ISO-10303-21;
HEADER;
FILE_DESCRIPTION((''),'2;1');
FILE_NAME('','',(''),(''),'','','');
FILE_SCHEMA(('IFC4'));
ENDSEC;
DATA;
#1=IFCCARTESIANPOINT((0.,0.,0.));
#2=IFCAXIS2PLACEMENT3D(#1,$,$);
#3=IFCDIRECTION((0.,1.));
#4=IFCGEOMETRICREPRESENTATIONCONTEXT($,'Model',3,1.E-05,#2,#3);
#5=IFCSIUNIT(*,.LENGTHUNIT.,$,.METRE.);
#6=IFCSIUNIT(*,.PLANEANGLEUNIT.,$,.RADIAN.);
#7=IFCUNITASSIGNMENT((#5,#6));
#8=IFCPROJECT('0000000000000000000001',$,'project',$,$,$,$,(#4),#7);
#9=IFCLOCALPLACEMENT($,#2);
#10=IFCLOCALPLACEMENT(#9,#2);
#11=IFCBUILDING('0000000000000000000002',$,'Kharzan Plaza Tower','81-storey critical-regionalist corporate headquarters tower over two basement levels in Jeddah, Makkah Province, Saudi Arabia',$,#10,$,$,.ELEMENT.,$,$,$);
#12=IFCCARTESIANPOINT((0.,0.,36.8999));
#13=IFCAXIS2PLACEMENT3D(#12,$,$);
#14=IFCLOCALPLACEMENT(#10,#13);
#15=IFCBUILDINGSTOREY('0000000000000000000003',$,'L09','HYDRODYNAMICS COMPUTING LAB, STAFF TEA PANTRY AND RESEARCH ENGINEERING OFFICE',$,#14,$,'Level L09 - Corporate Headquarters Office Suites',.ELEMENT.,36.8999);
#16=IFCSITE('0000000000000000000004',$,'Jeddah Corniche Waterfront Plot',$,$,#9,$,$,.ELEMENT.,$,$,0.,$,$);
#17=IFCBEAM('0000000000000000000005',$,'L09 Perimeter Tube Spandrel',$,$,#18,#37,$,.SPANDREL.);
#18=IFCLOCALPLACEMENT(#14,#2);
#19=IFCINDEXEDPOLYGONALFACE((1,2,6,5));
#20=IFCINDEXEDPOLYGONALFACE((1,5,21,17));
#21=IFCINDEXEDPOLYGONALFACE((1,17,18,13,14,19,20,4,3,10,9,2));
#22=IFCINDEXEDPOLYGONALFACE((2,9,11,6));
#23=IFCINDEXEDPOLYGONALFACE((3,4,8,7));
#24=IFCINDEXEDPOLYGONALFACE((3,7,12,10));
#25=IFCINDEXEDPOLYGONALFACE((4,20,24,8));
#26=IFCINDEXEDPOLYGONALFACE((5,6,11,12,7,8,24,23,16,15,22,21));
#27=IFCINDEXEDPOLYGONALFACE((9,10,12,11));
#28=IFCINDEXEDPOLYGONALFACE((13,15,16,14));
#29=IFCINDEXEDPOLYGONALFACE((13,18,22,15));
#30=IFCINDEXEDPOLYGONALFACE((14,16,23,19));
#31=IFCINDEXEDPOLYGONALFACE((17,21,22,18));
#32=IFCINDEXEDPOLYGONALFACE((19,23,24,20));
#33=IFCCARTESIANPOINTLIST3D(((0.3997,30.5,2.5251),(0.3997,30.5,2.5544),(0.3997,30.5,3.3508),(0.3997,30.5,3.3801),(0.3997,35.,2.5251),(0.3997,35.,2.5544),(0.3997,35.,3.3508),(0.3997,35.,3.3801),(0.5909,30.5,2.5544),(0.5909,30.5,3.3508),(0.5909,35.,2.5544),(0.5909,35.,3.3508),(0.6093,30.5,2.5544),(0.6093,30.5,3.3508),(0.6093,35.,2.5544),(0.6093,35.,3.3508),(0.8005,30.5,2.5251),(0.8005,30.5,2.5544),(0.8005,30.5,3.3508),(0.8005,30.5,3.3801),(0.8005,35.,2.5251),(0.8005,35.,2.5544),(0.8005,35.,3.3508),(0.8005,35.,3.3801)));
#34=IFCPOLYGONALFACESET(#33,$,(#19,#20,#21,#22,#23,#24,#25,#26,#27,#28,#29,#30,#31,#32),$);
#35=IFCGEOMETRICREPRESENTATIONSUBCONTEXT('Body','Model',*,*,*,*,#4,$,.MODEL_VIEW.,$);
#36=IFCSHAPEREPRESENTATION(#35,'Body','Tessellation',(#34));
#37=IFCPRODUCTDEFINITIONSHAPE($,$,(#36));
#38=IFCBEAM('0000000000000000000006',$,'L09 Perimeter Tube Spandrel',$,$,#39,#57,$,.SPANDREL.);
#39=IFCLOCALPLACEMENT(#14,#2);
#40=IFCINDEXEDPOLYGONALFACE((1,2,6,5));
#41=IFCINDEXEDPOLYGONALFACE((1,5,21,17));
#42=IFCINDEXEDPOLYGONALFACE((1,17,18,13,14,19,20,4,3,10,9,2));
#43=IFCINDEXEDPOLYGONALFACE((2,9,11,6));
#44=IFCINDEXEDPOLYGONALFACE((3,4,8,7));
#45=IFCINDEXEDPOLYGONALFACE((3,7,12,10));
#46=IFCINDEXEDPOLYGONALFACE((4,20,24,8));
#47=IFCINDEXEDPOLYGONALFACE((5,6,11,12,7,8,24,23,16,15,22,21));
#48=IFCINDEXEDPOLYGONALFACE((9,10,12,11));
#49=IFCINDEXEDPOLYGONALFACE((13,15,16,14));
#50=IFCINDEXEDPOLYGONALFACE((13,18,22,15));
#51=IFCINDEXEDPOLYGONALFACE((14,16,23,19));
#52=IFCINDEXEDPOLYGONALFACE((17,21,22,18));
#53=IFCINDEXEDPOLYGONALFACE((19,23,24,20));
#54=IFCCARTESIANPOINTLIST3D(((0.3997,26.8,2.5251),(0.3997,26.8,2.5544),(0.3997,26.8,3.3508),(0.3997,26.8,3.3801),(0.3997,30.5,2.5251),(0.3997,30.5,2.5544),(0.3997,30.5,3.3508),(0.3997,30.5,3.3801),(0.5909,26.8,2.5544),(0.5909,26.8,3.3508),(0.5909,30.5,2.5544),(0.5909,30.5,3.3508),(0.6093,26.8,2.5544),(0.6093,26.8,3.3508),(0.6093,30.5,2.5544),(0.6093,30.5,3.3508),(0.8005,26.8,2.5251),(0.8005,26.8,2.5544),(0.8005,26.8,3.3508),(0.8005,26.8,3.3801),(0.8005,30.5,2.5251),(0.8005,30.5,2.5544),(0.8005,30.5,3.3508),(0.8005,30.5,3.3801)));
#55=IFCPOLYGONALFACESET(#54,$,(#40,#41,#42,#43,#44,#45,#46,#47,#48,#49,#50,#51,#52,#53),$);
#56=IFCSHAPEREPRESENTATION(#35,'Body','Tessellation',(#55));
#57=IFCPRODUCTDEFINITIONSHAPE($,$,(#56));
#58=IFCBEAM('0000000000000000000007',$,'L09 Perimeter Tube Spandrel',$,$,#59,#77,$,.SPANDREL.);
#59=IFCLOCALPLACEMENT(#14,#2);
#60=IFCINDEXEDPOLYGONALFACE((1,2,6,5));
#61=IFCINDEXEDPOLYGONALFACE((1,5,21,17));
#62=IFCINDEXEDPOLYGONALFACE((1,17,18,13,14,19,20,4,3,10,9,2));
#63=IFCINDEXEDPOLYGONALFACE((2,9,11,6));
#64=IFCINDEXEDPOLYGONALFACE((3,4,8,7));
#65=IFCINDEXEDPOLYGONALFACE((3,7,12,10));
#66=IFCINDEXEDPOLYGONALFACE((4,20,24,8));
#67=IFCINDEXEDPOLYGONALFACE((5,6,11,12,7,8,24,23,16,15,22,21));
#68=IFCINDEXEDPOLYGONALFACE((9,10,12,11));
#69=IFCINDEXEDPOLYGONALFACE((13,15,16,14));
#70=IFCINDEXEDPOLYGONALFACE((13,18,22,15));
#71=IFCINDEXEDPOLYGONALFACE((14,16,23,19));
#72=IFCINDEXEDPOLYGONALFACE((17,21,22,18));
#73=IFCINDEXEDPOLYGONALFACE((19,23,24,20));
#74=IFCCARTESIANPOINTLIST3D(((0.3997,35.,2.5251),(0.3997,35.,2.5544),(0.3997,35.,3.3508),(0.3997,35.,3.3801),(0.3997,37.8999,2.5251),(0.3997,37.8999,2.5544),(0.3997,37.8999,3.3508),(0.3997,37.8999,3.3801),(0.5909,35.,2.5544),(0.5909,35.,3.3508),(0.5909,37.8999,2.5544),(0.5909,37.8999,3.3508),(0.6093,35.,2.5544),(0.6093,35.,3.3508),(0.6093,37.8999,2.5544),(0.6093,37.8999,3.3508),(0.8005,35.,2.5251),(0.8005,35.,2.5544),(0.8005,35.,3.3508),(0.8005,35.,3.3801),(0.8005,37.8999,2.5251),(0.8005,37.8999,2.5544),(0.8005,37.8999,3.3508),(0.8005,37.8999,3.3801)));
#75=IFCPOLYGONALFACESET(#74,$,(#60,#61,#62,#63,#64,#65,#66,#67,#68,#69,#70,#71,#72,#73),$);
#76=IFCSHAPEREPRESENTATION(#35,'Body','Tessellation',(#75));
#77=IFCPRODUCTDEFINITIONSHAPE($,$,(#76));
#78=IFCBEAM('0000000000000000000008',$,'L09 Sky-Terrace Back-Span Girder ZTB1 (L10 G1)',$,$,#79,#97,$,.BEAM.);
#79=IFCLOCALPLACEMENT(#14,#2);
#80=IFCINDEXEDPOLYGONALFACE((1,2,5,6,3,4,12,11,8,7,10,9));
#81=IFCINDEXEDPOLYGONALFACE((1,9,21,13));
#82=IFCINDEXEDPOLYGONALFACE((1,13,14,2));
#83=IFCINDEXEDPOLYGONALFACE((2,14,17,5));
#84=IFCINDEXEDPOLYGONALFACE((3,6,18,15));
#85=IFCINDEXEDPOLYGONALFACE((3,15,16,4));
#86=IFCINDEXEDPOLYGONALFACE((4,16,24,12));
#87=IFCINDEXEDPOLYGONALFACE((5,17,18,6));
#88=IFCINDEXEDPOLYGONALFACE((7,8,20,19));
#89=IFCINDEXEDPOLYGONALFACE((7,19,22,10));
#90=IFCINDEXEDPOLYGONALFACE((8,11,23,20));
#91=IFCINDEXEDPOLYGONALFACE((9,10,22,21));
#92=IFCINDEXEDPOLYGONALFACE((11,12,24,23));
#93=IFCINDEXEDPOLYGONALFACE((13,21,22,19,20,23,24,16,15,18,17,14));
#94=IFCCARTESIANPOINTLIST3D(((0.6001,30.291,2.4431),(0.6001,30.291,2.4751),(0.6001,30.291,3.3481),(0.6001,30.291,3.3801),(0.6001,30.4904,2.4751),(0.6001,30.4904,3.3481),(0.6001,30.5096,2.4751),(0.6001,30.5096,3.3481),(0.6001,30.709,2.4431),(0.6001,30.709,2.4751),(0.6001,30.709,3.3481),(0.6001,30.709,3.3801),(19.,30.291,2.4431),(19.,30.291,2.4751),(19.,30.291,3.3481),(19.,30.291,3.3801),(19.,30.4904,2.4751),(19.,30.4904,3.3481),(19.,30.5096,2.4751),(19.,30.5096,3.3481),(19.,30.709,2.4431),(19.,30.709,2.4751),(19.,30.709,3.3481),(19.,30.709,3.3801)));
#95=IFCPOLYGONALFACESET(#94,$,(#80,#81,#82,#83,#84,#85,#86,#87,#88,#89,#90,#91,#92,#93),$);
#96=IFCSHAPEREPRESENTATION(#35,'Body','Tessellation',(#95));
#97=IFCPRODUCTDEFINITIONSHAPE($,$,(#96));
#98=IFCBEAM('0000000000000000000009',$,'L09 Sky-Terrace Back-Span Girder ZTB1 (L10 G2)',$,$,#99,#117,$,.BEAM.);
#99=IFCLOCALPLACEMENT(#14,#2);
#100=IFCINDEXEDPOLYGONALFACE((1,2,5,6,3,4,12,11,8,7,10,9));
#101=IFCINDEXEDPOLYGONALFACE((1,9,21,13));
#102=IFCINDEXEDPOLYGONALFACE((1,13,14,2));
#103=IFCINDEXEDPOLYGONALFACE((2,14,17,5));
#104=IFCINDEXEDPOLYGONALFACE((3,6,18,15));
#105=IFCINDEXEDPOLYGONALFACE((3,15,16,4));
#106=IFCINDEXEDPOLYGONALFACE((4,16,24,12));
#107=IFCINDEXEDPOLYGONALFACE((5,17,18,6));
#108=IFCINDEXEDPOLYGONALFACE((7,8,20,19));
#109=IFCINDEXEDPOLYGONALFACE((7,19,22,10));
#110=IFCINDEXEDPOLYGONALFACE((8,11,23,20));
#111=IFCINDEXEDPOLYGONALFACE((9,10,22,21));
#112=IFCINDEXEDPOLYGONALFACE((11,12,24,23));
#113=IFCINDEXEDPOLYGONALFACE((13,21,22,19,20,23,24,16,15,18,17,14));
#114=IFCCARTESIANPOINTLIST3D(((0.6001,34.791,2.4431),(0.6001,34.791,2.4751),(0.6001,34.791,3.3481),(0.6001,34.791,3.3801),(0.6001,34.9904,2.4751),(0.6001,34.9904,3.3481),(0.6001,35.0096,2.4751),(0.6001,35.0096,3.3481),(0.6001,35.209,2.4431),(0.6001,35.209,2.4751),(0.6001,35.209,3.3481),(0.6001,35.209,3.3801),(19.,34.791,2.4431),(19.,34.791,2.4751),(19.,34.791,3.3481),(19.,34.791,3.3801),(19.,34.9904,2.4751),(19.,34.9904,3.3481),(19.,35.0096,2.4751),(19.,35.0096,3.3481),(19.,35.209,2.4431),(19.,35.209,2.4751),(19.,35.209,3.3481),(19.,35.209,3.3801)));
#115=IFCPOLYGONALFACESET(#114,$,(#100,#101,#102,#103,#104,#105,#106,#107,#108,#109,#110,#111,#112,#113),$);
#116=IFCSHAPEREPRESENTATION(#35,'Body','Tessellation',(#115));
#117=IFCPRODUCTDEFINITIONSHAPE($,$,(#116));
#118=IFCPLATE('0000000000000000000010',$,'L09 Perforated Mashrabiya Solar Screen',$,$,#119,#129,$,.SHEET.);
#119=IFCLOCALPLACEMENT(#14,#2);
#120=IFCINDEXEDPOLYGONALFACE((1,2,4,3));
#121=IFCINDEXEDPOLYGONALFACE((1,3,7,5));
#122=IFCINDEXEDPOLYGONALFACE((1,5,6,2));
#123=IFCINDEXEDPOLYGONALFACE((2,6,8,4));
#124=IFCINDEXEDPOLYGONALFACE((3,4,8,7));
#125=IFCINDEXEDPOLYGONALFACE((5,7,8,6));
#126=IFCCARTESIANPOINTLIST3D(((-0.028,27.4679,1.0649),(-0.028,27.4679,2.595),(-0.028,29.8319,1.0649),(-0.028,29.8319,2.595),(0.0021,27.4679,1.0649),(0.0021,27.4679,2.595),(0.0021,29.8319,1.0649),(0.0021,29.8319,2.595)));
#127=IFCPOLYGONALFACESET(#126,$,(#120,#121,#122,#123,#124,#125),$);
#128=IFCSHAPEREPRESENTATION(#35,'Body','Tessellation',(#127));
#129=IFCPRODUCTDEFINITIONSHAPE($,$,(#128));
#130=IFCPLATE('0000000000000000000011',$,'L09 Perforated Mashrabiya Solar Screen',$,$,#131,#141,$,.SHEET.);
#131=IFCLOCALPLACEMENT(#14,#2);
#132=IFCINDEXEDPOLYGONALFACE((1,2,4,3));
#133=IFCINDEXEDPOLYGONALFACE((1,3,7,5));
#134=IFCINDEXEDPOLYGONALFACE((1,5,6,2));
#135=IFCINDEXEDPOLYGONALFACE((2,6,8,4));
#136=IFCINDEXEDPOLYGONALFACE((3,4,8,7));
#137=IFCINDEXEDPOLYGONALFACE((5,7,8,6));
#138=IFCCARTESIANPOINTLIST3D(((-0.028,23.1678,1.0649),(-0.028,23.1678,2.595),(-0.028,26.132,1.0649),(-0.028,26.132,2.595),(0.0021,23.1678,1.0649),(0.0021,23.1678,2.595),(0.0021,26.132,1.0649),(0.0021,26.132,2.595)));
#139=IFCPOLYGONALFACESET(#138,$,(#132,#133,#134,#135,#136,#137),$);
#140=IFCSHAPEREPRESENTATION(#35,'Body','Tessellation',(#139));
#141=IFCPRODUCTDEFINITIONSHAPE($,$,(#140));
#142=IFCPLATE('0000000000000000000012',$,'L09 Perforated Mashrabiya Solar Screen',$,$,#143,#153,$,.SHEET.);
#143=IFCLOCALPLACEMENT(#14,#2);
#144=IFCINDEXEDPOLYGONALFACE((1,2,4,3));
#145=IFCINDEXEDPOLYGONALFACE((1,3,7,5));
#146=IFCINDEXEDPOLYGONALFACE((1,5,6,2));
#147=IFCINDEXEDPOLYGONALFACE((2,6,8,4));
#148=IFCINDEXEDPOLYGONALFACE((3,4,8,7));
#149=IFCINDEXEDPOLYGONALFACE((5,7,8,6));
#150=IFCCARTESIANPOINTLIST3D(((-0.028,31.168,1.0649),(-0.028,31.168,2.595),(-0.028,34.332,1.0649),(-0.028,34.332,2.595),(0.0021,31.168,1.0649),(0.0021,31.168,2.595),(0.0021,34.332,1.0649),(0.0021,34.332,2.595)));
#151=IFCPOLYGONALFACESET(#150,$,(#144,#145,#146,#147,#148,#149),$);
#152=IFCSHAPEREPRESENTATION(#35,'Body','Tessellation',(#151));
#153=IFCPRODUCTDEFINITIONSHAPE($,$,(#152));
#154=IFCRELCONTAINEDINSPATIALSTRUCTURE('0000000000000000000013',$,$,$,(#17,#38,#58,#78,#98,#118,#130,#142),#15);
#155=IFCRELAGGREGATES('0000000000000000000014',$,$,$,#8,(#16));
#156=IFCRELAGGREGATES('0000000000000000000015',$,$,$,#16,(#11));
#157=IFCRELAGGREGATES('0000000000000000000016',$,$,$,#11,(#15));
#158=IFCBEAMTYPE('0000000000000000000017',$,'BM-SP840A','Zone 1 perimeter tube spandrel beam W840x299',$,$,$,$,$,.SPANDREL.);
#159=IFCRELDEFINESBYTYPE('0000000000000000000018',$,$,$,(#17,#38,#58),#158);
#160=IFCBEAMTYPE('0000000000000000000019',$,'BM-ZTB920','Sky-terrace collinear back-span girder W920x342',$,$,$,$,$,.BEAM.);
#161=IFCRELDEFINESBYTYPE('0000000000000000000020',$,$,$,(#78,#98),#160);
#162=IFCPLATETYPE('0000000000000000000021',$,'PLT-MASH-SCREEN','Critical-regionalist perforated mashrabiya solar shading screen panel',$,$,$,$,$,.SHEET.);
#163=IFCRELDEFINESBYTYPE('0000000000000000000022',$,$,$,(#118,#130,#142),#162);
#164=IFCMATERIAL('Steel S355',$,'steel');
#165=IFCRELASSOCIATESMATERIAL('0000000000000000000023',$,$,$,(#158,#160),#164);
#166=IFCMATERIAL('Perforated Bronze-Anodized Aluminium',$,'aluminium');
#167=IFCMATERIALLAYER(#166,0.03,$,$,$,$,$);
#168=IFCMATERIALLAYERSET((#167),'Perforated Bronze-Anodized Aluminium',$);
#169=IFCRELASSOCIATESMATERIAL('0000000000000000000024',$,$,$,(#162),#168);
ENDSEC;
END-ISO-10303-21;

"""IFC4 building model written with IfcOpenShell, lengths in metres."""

from ifc_helpers import new_model, si_unit, direction, frame, origin, origin_2d, place, context, subcontext, project, spatial, rectangle, i_section, extrude, source, transform, mapped, material, layer, layer_set, material_profile, profile_set, type_object, element, save


model = new_model("IFC4")

# Units and contexts
model_context = context("Model", 3, precision=1e-05, world=origin(), true_north=direction((0.0, 1.0)))
body_context = subcontext(model_context, "Body", "Model", "MODEL_VIEW")
ifc_project = project(units=[si_unit("LENGTHUNIT", "METRE"), si_unit("PLANEANGLEUNIT", "RADIAN")], contexts=[model_context])

# Site, building, storey
site_placement = place(None, origin())
site = spatial("IfcSite", under=ifc_project, at=site_placement, Name="Jeddah Corniche Waterfront Plot", CompositionType="ELEMENT", RefElevation=0.0)
building_placement = place(site_placement, origin())
building = spatial("IfcBuilding", under=site, at=building_placement, Name="Kharzan Plaza Tower", Description="81-storey critical-regionalist corporate headquarters tower over two basement levels in Jeddah, Makkah Province, Saudi Arabia", CompositionType="ELEMENT")
storey_placement = place(building_placement, frame((0.0, 0.0, 36.8999)))
storey = spatial("IfcBuildingStorey", under=building, at=storey_placement, Name="L09", Description="HYDRODYNAMICS COMPUTING LAB, STAFF TEA PANTRY AND RESEARCH ENGINEERING OFFICE", LongName="Level L09 - Corporate Headquarters Office Suites", CompositionType="ELEMENT", Elevation=36.8999)

# Beams
ifc_material_1 = material(Name="Steel S355", Category="steel")
ifc_material_profile_1 = material_profile(ifc_material_1, i_section(OverallWidth=0.4009, OverallDepth=0.855, WebThickness=0.0183, FlangeThickness=0.0293, at=origin_2d()), Name="W840x299")
ifc_profile_set_1 = profile_set([ifc_material_profile_1], Name="Steel S355")
beam_type_1 = type_object("IfcBeamType", Name="BM-SP840A", Description="Zone 1 perimeter tube spandrel beam W840x299", PredefinedType="SPANDREL", material=ifc_profile_set_1)
shared_shape_1 = source(origin(), body_context, "Body", "SweptSolid", [
    extrude(i_section(OverallWidth=0.4009, OverallDepth=0.855, WebThickness=0.0183, FlangeThickness=0.0293, at=origin_2d()), origin(), (0.0, 0.0, 1.0), 4.5),
])
beam_1_placement = place(storey_placement, frame((0.6001, 30.5, 2.9526), z_axis=(0.0, 1.0, 0.0), x_axis=(-1.0, 0.0, 0.0)))
element("IfcBeam", 1, at=beam_1_placement, inside=storey, type_object=beam_type_1, Name="L09 Perimeter Tube Spandrel", PredefinedType="SPANDREL", context=body_context, shape_type="MappedRepresentation", body=[
    mapped(shared_shape_1, transform((0.0, 0.0, 0.0), x_axis=(1.0, 0.0, 0.0), y_axis=(0.0, 1.0, 0.0), z_axis=(0.0, 0.0, 1.0))),
])
shared_shape_2 = source(origin(), body_context, "Body", "SweptSolid", [
    extrude(i_section(OverallWidth=0.4009, OverallDepth=0.855, WebThickness=0.0183, FlangeThickness=0.0293, at=origin_2d()), origin(), (0.0, 0.0, 1.0), 3.7),
])
beam_2_placement = place(storey_placement, frame((0.6001, 26.8, 2.9526), z_axis=(0.0, 1.0, 0.0), x_axis=(-1.0, 0.0, 0.0)))
element("IfcBeam", 2, at=beam_2_placement, inside=storey, type_object=beam_type_1, Name="L09 Perimeter Tube Spandrel", PredefinedType="SPANDREL", context=body_context, shape_type="MappedRepresentation", body=[
    mapped(shared_shape_2, transform((0.0, 0.0, 0.0), x_axis=(1.0, 0.0, 0.0), y_axis=(0.0, 1.0, 0.0), z_axis=(0.0, 0.0, 1.0))),
])
shared_shape_3 = source(origin(), body_context, "Body", "SweptSolid", [
    extrude(i_section(OverallWidth=0.4009, OverallDepth=0.855, WebThickness=0.0183, FlangeThickness=0.0293, at=origin_2d()), origin(), (0.0, 0.0, 1.0), 2.8999),
])
beam_3_placement = place(storey_placement, frame((0.6001, 35.0, 2.9526), z_axis=(0.0, 1.0, 0.0), x_axis=(-1.0, 0.0, 0.0)))
element("IfcBeam", 3, at=beam_3_placement, inside=storey, type_object=beam_type_1, Name="L09 Perimeter Tube Spandrel", PredefinedType="SPANDREL", context=body_context, shape_type="MappedRepresentation", body=[
    mapped(shared_shape_3, transform((0.0, 0.0, 0.0), x_axis=(1.0, 0.0, 0.0), y_axis=(0.0, 1.0, 0.0), z_axis=(0.0, 0.0, 1.0))),
])
ifc_material_profile_2 = material_profile(ifc_material_1, i_section(OverallWidth=0.418, OverallDepth=0.937, WebThickness=0.0193, FlangeThickness=0.032, at=origin_2d()), Name="W920x342")
ifc_profile_set_2 = profile_set([ifc_material_profile_2], Name="Steel S355")
beam_type_2 = type_object("IfcBeamType", Name="BM-ZTB920", Description="Sky-terrace collinear back-span girder W920x342", PredefinedType="BEAM", material=ifc_profile_set_2)
shared_shape_4 = source(origin(), body_context, "Body", "SweptSolid", [
    extrude(i_section(OverallWidth=0.418, OverallDepth=0.937, WebThickness=0.0193, FlangeThickness=0.032, at=origin_2d()), origin(), (0.0, 0.0, 1.0), 18.3999),
])
for number, where, z_axis, x_axis, name in (
    (4, (0.6001, 30.5, 2.9116), (1.0, 0.0, 0.0), (0.0, 1.0, 0.0), "L09 Sky-Terrace Back-Span Girder ZTB1 (L10 G1)"),
    (5, (0.6001, 35.0, 2.9116), (1.0, 0.0, 0.0), (0.0, 1.0, 0.0), "L09 Sky-Terrace Back-Span Girder ZTB1 (L10 G2)"),
):
    element("IfcBeam", number, at=place(storey_placement, frame(where, z_axis=z_axis, x_axis=x_axis)), inside=storey, type_object=beam_type_2, Name=name, PredefinedType="BEAM", context=body_context, shape_type="MappedRepresentation", body=[
        mapped(shared_shape_4, transform((0.0, 0.0, 0.0), x_axis=(1.0, 0.0, 0.0), y_axis=(0.0, 1.0, 0.0), z_axis=(0.0, 0.0, 1.0))),
    ])

# Plates
ifc_material_2 = material(Name="Perforated Bronze-Anodized Aluminium", Category="aluminium")
ifc_layer_1 = layer(ifc_material_2, 0.03)
ifc_layer_set_1 = layer_set([ifc_layer_1], Name="Perforated Bronze-Anodized Aluminium")
plate_type = type_object("IfcPlateType", Name="PLT-MASH-SCREEN", Description="Critical-regionalist perforated mashrabiya solar shading screen panel", PredefinedType="SHEET", material=ifc_layer_set_1)
shared_shape_5 = source(origin(), body_context, "Body", "SweptSolid", [
    extrude(rectangle(XDim=2.364, YDim=0.03, at=origin_2d()), origin(), (0.0, 0.0, 1.0), 1.53),
])
plate_1_placement = place(storey_placement, frame((-0.0129, 28.6499, 1.0649), z_axis=(0.0, 0.0, 1.0), x_axis=(0.0, -1.0, 0.0)))
element("IfcPlate", 6, at=plate_1_placement, inside=storey, type_object=plate_type, Name="L09 Perforated Mashrabiya Solar Screen", PredefinedType="SHEET", context=body_context, shape_type="MappedRepresentation", body=[
    mapped(shared_shape_5, transform((0.0, 0.0, 0.0), x_axis=(1.0, 0.0, 0.0), y_axis=(0.0, 1.0, 0.0), z_axis=(0.0, 0.0, 1.0))),
])
shared_shape_6 = source(origin(), body_context, "Body", "SweptSolid", [
    extrude(rectangle(XDim=2.9641, YDim=0.03, at=origin_2d()), origin(), (0.0, 0.0, 1.0), 1.53),
])
plate_2_placement = place(storey_placement, frame((-0.0129, 24.6499, 1.0649), z_axis=(0.0, 0.0, 1.0), x_axis=(0.0, -1.0, 0.0)))
element("IfcPlate", 7, at=plate_2_placement, inside=storey, type_object=plate_type, Name="L09 Perforated Mashrabiya Solar Screen", PredefinedType="SHEET", context=body_context, shape_type="MappedRepresentation", body=[
    mapped(shared_shape_6, transform((0.0, 0.0, 0.0), x_axis=(1.0, 0.0, 0.0), y_axis=(0.0, 1.0, 0.0), z_axis=(0.0, 0.0, 1.0))),
])
shared_shape_7 = source(origin(), body_context, "Body", "SweptSolid", [
    extrude(rectangle(XDim=3.1641, YDim=0.03, at=origin_2d()), origin(), (0.0, 0.0, 1.0), 1.53),
])
plate_3_placement = place(storey_placement, frame((-0.0129, 32.75, 1.0649), z_axis=(0.0, 0.0, 1.0), x_axis=(0.0, -1.0, 0.0)))
element("IfcPlate", 8, at=plate_3_placement, inside=storey, type_object=plate_type, Name="L09 Perforated Mashrabiya Solar Screen", PredefinedType="SHEET", context=body_context, shape_type="MappedRepresentation", body=[
    mapped(shared_shape_7, transform((0.0, 0.0, 0.0), x_axis=(1.0, 0.0, 0.0), y_axis=(0.0, 1.0, 0.0), z_axis=(0.0, 0.0, 1.0))),
])

save(model, "model.ifc")
